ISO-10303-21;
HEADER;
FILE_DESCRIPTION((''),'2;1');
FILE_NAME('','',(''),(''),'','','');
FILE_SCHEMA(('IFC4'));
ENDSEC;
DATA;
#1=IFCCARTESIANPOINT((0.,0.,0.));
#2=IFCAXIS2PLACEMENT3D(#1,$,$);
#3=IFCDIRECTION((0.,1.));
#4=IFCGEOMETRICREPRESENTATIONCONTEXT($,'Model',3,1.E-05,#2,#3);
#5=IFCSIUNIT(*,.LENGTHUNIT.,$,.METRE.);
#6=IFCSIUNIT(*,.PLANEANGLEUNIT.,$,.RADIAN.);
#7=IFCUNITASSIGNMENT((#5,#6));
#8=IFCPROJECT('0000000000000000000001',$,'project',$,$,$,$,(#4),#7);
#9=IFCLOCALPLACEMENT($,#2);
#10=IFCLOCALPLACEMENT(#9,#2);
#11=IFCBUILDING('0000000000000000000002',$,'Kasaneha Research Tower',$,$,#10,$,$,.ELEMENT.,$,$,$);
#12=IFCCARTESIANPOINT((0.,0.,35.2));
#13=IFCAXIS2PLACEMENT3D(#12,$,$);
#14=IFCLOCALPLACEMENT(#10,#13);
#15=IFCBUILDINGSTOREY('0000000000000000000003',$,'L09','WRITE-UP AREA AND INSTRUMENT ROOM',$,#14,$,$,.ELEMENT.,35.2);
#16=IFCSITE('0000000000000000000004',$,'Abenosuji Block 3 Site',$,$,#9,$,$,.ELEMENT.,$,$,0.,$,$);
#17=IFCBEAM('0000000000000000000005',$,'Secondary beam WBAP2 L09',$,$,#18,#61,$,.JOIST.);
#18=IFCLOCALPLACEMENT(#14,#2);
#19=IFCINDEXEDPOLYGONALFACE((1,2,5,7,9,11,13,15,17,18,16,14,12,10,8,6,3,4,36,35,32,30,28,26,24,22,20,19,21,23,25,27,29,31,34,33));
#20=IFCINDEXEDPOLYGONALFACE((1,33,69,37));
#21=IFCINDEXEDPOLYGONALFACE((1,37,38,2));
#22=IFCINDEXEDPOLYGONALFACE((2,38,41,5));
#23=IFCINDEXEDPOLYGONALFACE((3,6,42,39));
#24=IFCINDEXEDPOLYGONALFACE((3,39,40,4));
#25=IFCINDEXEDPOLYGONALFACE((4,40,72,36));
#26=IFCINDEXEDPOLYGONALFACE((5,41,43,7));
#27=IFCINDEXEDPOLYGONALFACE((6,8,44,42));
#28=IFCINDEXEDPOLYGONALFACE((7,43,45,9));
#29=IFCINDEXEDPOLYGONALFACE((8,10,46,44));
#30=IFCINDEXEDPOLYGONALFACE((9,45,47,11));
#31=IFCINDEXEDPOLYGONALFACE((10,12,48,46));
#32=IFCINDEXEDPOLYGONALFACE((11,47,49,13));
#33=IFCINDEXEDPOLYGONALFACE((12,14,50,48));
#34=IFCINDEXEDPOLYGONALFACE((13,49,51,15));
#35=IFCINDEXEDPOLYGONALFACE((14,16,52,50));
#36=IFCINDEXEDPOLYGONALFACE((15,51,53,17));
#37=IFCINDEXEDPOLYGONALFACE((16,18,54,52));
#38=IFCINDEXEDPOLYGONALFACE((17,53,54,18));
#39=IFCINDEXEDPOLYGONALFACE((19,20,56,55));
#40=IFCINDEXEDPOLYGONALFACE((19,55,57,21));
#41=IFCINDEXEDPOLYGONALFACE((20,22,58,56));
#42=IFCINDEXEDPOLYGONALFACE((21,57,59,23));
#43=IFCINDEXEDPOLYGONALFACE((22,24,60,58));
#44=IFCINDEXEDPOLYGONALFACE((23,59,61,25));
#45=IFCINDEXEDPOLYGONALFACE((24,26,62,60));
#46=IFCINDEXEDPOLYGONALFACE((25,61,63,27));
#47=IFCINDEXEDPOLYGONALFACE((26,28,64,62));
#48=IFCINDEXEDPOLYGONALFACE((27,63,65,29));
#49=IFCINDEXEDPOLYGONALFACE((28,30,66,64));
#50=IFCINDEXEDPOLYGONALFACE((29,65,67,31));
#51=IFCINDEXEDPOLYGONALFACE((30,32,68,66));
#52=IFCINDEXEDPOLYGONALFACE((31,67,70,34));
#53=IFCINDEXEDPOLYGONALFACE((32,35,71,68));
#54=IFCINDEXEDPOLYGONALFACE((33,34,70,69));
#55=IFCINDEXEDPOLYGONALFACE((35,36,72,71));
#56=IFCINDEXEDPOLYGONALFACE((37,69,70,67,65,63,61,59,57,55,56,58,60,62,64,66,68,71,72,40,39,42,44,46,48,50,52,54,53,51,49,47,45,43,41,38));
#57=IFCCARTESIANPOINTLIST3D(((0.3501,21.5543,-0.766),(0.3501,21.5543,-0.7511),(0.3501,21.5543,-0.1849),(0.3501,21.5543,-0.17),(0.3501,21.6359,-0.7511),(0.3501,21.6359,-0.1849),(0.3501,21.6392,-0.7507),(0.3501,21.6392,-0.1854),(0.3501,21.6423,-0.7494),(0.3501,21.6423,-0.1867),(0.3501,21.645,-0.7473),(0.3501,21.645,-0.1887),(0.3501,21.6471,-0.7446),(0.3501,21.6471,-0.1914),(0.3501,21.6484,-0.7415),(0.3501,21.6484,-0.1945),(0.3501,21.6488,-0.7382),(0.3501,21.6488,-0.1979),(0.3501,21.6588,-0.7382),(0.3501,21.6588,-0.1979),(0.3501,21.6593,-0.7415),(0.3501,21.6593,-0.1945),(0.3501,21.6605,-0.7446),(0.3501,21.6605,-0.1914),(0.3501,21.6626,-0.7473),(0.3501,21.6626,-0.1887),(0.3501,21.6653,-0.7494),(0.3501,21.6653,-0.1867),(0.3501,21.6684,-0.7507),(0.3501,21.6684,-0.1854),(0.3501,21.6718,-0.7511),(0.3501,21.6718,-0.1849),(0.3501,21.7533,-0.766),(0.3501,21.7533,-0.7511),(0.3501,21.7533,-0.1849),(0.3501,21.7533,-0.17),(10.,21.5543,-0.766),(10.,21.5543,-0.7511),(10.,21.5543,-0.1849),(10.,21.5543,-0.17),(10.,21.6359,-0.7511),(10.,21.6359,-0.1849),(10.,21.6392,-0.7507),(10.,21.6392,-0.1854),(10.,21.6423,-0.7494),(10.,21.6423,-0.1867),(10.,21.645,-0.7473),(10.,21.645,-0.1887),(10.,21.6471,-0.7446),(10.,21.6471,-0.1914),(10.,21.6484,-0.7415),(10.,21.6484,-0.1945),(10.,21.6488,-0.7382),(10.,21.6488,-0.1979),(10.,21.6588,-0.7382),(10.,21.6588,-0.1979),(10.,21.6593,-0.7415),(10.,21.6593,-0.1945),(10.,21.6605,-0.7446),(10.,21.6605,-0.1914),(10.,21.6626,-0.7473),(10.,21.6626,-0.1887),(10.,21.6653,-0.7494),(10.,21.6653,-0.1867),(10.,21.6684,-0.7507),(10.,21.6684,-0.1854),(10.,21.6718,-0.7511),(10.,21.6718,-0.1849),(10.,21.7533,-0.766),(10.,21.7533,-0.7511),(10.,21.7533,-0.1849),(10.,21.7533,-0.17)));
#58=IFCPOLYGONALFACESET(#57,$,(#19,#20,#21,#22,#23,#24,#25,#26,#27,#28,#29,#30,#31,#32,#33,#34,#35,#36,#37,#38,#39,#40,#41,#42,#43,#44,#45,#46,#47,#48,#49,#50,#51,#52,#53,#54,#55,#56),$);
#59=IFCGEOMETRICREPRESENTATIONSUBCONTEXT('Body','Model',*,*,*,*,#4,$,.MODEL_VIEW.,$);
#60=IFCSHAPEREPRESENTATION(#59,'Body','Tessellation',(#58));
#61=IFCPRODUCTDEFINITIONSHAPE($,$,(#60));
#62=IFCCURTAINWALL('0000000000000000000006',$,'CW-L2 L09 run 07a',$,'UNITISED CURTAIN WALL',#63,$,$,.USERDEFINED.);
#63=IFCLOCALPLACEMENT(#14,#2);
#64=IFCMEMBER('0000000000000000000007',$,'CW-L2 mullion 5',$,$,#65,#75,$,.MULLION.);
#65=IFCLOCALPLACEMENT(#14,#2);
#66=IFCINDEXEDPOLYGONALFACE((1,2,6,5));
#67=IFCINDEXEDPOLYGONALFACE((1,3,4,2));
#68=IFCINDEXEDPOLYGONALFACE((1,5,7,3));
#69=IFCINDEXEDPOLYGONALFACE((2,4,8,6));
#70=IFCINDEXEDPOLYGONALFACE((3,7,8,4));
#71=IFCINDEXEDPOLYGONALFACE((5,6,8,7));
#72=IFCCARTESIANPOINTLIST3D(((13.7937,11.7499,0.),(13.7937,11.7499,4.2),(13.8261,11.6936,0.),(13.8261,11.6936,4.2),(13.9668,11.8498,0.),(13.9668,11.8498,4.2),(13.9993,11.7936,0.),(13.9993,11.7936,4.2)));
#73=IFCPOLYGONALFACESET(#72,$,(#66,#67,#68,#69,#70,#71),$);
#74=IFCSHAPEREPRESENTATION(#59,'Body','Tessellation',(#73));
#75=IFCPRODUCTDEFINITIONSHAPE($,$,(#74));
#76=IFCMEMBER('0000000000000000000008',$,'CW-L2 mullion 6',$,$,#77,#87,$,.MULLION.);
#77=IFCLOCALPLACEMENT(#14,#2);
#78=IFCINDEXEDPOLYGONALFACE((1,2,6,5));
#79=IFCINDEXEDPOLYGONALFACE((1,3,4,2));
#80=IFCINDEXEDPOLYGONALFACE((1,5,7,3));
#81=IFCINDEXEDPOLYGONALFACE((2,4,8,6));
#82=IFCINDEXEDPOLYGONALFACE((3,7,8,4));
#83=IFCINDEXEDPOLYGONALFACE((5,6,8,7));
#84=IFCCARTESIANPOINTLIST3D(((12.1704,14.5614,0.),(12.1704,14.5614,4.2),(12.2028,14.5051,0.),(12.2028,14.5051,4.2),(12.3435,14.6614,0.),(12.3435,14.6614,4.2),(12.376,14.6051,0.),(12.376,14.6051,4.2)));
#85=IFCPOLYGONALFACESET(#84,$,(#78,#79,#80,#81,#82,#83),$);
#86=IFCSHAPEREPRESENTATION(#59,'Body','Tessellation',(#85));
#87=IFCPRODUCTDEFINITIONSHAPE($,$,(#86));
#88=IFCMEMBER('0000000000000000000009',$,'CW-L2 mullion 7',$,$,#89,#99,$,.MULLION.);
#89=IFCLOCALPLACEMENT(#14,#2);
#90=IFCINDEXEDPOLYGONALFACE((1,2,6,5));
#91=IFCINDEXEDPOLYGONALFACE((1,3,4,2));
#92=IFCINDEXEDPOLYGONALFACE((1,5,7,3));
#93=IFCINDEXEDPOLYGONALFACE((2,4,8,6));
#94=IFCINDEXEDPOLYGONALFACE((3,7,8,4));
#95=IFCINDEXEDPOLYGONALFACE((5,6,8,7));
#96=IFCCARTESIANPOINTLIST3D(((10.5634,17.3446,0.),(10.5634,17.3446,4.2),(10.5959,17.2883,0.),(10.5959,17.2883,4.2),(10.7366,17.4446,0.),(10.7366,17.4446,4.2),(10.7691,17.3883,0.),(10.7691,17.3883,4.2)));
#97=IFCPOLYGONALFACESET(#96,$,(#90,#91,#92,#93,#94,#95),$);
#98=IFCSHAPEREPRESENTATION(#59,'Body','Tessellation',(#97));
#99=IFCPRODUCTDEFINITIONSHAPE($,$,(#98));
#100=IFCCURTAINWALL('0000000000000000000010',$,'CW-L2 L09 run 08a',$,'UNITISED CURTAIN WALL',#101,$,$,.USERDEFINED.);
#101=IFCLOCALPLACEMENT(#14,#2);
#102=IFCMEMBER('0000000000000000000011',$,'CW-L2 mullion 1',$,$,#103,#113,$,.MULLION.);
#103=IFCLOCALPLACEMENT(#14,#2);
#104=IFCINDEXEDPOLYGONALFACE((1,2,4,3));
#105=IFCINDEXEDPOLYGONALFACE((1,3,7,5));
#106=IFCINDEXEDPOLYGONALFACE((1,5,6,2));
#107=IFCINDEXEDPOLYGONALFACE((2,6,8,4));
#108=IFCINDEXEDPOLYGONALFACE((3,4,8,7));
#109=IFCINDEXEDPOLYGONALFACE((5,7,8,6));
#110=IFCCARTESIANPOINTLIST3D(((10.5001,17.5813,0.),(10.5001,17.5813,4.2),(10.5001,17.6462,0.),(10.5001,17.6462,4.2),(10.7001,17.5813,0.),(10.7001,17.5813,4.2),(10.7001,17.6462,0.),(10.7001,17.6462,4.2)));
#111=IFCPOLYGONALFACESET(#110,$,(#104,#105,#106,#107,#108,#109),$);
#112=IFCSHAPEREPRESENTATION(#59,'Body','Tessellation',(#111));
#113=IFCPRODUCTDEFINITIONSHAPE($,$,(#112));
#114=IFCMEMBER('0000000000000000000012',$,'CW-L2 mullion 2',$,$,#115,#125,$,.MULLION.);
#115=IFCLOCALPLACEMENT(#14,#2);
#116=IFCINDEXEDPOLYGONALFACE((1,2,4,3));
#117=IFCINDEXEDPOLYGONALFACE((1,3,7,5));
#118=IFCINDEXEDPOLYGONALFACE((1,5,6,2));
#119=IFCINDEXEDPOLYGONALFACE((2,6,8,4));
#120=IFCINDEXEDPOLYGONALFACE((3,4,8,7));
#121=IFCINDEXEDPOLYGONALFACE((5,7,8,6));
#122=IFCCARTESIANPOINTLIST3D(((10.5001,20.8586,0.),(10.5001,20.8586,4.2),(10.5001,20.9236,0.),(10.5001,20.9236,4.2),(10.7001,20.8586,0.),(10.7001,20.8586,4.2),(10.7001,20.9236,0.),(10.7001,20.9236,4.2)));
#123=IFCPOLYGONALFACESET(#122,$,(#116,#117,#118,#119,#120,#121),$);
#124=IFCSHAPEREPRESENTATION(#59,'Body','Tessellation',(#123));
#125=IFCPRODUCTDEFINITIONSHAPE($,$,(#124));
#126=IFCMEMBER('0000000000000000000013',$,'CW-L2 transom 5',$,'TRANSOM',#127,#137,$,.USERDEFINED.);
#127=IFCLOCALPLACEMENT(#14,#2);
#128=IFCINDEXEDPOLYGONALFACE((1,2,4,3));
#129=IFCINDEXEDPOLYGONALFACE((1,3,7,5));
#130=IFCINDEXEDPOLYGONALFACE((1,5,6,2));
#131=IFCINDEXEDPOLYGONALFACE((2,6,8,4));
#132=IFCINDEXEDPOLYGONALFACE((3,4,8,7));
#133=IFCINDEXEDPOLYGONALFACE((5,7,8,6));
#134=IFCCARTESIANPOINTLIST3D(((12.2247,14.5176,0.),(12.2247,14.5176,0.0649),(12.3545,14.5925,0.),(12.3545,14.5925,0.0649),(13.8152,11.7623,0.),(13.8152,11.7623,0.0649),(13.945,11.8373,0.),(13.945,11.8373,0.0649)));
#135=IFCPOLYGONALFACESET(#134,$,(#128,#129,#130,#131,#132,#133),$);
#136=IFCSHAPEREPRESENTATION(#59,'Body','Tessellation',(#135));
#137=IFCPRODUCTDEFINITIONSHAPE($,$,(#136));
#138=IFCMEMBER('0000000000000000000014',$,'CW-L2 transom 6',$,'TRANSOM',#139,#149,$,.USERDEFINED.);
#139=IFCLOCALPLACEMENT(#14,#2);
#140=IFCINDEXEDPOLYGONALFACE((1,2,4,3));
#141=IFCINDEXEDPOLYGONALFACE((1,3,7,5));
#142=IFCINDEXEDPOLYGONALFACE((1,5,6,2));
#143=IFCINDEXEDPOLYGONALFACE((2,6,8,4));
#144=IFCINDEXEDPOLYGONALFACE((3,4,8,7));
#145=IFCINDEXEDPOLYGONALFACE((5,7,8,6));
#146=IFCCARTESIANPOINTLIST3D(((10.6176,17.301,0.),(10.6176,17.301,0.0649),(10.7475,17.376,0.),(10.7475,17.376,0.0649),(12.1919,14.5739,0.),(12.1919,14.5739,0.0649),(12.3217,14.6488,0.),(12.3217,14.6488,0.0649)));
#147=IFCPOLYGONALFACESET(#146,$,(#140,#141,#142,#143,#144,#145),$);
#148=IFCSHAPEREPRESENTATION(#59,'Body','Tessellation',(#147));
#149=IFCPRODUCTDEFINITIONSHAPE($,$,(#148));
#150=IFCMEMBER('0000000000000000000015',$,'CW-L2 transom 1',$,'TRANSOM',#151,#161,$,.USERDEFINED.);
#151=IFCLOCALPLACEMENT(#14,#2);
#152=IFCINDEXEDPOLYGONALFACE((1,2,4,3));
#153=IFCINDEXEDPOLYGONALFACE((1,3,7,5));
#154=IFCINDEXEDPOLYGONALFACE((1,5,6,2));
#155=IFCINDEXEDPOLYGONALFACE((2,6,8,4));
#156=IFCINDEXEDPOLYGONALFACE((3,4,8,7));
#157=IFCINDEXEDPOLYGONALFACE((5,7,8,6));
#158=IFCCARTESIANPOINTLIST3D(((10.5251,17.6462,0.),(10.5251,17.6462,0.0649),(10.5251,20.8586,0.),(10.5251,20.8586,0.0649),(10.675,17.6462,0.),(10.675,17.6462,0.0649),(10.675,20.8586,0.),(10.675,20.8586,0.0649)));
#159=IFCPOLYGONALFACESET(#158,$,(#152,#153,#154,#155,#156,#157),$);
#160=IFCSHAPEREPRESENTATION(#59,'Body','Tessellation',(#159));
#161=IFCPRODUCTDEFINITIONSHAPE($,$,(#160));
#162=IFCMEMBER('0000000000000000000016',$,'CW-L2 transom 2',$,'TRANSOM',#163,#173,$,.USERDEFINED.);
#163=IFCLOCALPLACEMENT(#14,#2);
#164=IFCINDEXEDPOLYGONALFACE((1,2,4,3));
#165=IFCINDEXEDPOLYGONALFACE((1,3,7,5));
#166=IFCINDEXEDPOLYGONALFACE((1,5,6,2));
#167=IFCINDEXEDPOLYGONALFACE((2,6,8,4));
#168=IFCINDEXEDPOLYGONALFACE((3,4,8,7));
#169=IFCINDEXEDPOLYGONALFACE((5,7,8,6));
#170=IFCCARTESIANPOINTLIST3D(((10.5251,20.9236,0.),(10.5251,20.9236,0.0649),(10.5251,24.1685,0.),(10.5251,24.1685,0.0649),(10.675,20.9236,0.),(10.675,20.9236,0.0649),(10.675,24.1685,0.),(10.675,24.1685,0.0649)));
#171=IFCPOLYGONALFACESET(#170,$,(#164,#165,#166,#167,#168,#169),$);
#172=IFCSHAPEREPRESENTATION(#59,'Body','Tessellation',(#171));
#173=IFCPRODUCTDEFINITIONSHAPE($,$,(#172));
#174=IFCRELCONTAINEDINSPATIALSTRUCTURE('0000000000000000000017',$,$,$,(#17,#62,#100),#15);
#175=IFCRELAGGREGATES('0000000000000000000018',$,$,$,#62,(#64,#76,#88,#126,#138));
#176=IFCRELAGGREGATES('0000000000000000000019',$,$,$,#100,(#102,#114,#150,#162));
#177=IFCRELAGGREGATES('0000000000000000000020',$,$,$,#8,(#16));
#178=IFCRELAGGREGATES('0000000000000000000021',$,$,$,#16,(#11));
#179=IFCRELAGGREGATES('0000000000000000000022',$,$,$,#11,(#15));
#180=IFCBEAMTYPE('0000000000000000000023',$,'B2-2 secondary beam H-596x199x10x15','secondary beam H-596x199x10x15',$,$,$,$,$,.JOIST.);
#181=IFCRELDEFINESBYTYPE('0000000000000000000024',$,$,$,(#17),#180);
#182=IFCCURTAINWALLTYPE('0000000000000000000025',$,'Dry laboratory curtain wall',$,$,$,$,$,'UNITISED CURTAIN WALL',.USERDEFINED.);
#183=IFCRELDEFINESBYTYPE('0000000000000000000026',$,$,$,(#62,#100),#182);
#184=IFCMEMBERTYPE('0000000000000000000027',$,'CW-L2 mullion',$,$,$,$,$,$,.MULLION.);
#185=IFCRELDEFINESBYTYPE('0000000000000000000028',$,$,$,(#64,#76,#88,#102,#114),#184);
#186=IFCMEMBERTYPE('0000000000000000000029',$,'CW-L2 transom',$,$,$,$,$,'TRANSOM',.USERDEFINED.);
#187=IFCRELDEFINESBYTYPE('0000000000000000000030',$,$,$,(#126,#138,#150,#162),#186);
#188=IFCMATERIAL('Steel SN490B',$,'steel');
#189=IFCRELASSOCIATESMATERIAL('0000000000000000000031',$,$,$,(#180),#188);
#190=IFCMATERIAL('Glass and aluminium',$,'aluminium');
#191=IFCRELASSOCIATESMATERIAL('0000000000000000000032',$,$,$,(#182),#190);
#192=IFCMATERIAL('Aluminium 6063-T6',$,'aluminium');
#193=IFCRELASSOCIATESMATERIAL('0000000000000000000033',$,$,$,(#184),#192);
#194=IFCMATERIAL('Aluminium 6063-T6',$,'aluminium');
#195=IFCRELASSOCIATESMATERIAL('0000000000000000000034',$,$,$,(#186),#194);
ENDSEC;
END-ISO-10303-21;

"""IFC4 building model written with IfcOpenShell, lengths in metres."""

from ifc_helpers import new_model, si_unit, direction, frame, origin, origin_2d, place, context, subcontext, project, spatial, rectangle, i_section, extrude, material, material_profile, profile_set, type_object, element, aggregate, save


model = new_model("IFC4")

# Units and contexts
model_context = context("Model", 3, precision=1e-05, world=origin(), true_north=direction((0.0, 1.0)))
body_context = subcontext(model_context, "Body", "Model", "MODEL_VIEW")
ifc_project = project(units=[si_unit("LENGTHUNIT", "METRE"), si_unit("PLANEANGLEUNIT", "RADIAN")], contexts=[model_context])

# Site, building, storey
site_placement = place(None, origin())
site = spatial("IfcSite", under=ifc_project, at=site_placement, Name="Abenosuji Block 3 Site", CompositionType="ELEMENT", RefElevation=0.0)
building_placement = place(site_placement, origin())
building = spatial("IfcBuilding", under=site, at=building_placement, Name="Kasaneha Research Tower", CompositionType="ELEMENT")
storey_placement = place(building_placement, frame((0.0, 0.0, 35.2)))
storey = spatial("IfcBuildingStorey", under=building, at=storey_placement, Name="L09", Description="WRITE-UP AREA AND INSTRUMENT ROOM", CompositionType="ELEMENT", Elevation=35.2)

# Beam
ifc_material_1 = material(Name="Steel SN490B", Category="steel")
ifc_material_profile_1 = material_profile(ifc_material_1, i_section(OverallWidth=0.199, OverallDepth=0.5959, WebThickness=0.01, FlangeThickness=0.0149, FilletRadius=0.0129, at=origin_2d()), Name="H-596x199x10x15")
ifc_profile_set_1 = profile_set([ifc_material_profile_1], Name="Steel SN490B")
beam_type_1 = type_object("IfcBeamType", Name="B2-2 secondary beam H-596x199x10x15", Description="secondary beam H-596x199x10x15", PredefinedType="JOIST", material=ifc_profile_set_1)
for number, where, z_axis, x_axis, name in (
    (1, (10.0, 21.6538, -0.468), (-1.0, 0.0, 0.0), (0.0, -1.0, 0.0), "Secondary beam WBAP2 L09"),
):
    element("IfcBeam", number, at=place(storey_placement, frame(where, z_axis=z_axis, x_axis=x_axis)), inside=storey, type_object=beam_type_1, Name=name, PredefinedType="JOIST", context=body_context, shape_type="SweptSolid", body=[
        extrude(i_section(OverallWidth=0.199, OverallDepth=0.5959, WebThickness=0.01, FlangeThickness=0.0149, FilletRadius=0.0129, at=origin_2d()), origin(), (0.0, 0.0, 1.0), 9.6499),
    ])

# Curtain walls, members
ifc_material_2 = material(Name="Glass and aluminium", Category="aluminium")
curtain_wall_type = type_object("IfcCurtainWallType", Name="Dry laboratory curtain wall", ElementType="UNITISED CURTAIN WALL", PredefinedType="USERDEFINED", material=ifc_material_2)
curtain_wall_1_placement = place(storey_placement, origin())
curtain_wall_1 = element("IfcCurtainWall", 2, at=curtain_wall_1_placement, inside=storey, type_object=curtain_wall_type, Name="CW-L2 L09 run 07a", ObjectType="UNITISED CURTAIN WALL", PredefinedType="USERDEFINED")
ifc_material_3 = material(Name="Aluminium 6063-T6", Category="aluminium")
ifc_material_profile_2 = material_profile(ifc_material_3, rectangle(XDim=0.0649, YDim=0.2, at=origin_2d()), Name="CW-L2 mullion 65x200")
ifc_profile_set_2 = profile_set([ifc_material_profile_2], Name="Aluminium 6063-T6")
member_type_1 = type_object("IfcMemberType", Name="CW-L2 mullion", PredefinedType="MULLION", material=ifc_profile_set_2)
member_1_placement = place(storey_placement, frame((13.8965, 11.7717, 0.0), z_axis=(0.0, 0.0, 1.0), x_axis=(-0.5, 0.866025, 0.0)))
member_1 = element("IfcMember", 3, at=member_1_placement, type_object=member_type_1, Name="CW-L2 mullion 5", PredefinedType="MULLION", context=body_context, shape_type="SweptSolid", body=[
    extrude(rectangle(XDim=0.0649, YDim=0.2, at=origin_2d()), origin(), (0.0, 0.0, 1.0), 4.2),
])
member_2_placement = place(storey_placement, frame((12.2732, 14.5833, 0.0), z_axis=(0.0, 0.0, 1.0), x_axis=(-0.5, 0.866025, 0.0)))
member_2 = element("IfcMember", 4, at=member_2_placement, type_object=member_type_1, Name="CW-L2 mullion 6", PredefinedType="MULLION", context=body_context, shape_type="SweptSolid", body=[
    extrude(rectangle(XDim=0.0649, YDim=0.2, at=origin_2d()), origin(), (0.0, 0.0, 1.0), 4.2),
])
member_3_placement = place(storey_placement, frame((10.6663, 17.3665, 0.0), z_axis=(0.0, 0.0, 1.0), x_axis=(-0.5, 0.866025, 0.0)))
member_3 = element("IfcMember", 5, at=member_3_placement, type_object=member_type_1, Name="CW-L2 mullion 7", PredefinedType="MULLION", context=body_context, shape_type="SweptSolid", body=[
    extrude(rectangle(XDim=0.0649, YDim=0.2, at=origin_2d()), origin(), (0.0, 0.0, 1.0), 4.2),
])
curtain_wall_2_placement = place(storey_placement, origin())
curtain_wall_2 = element("IfcCurtainWall", 6, at=curtain_wall_2_placement, inside=storey, type_object=curtain_wall_type, Name="CW-L2 L09 run 08a", ObjectType="UNITISED CURTAIN WALL", PredefinedType="USERDEFINED")
member_4_placement = place(storey_placement, frame((10.6001, 17.6138, 0.0), z_axis=(0.0, 0.0, 1.0), x_axis=(0.0, 1.0, 0.0)))
member_4 = element("IfcMember", 7, at=member_4_placement, type_object=member_type_1, Name="CW-L2 mullion 1", PredefinedType="MULLION", context=body_context, shape_type="SweptSolid", body=[
    extrude(rectangle(XDim=0.0649, YDim=0.2, at=origin_2d()), origin(), (0.0, 0.0, 1.0), 4.2),
])
member_5_placement = place(storey_placement, frame((10.6001, 20.8911, 0.0), z_axis=(0.0, 0.0, 1.0), x_axis=(0.0, 1.0, 0.0)))
member_5 = element("IfcMember", 8, at=member_5_placement, type_object=member_type_1, Name="CW-L2 mullion 2", PredefinedType="MULLION", context=body_context, shape_type="SweptSolid", body=[
    extrude(rectangle(XDim=0.0649, YDim=0.2, at=origin_2d()), origin(), (0.0, 0.0, 1.0), 4.2),
])

# Members
ifc_material_4 = material(Name="Aluminium 6063-T6", Category="aluminium")
ifc_material_profile_3 = material_profile(ifc_material_4, rectangle(XDim=0.1499, YDim=0.0649, at=origin_2d()), Name="CW-L2 transom 150x65")
ifc_profile_set_3 = profile_set([ifc_material_profile_3], Name="Aluminium 6063-T6")
member_type_2 = type_object("IfcMemberType", Name="CW-L2 transom", ElementType="TRANSOM", PredefinedType="USERDEFINED", material=ifc_profile_set_3)
member_6_placement = place(storey_placement, frame((13.8801, 11.7998, 0.0325), z_axis=(-0.499944, 0.866058, 0.0), x_axis=(-0.866058, -0.499944, 0.0)))
member_6 = element("IfcMember", 9, at=member_6_placement, type_object=member_type_2, Name="CW-L2 transom 5", ObjectType="TRANSOM", PredefinedType="USERDEFINED", context=body_context, shape_type="SweptSolid", body=[
    extrude(rectangle(XDim=0.1499, YDim=0.0649, at=origin_2d()), origin(), (0.0, 0.0, 1.0), 3.1814),
])
member_7_placement = place(storey_placement, frame((12.2568, 14.6113, 0.0325), z_axis=(-0.499942, 0.866059, 0.0), x_axis=(-0.866059, -0.499942, 0.0)))
member_7 = element("IfcMember", 10, at=member_7_placement, type_object=member_type_2, Name="CW-L2 transom 6", ObjectType="TRANSOM", PredefinedType="USERDEFINED", context=body_context, shape_type="SweptSolid", body=[
    extrude(rectangle(XDim=0.1499, YDim=0.0649, at=origin_2d()), origin(), (0.0, 0.0, 1.0), 3.1489),
])
member_8_placement = place(storey_placement, frame((10.6001, 17.6462, 0.0325), z_axis=(0.0, 1.0, 0.0), x_axis=(-1.0, 0.0, 0.0)))
member_8 = element("IfcMember", 11, at=member_8_placement, type_object=member_type_2, Name="CW-L2 transom 1", ObjectType="TRANSOM", PredefinedType="USERDEFINED", context=body_context, shape_type="SweptSolid", body=[
    extrude(rectangle(XDim=0.1499, YDim=0.0649, at=origin_2d()), origin(), (0.0, 0.0, 1.0), 3.2124),
])
member_9_placement = place(storey_placement, frame((10.6001, 20.9236, 0.0325), z_axis=(0.0, 1.0, 0.0), x_axis=(-1.0, 0.0, 0.0)))
member_9 = element("IfcMember", 12, at=member_9_placement, type_object=member_type_2, Name="CW-L2 transom 2", ObjectType="TRANSOM", PredefinedType="USERDEFINED", context=body_context, shape_type="SweptSolid", body=[
    extrude(rectangle(XDim=0.1499, YDim=0.0649, at=origin_2d()), origin(), (0.0, 0.0, 1.0), 3.2449),
])

aggregate(curtain_wall_1, [member_1, member_2, member_3, member_6, member_7])
aggregate(curtain_wall_2, [member_4, member_5, member_8, member_9])

save(model, "model.ifc")
